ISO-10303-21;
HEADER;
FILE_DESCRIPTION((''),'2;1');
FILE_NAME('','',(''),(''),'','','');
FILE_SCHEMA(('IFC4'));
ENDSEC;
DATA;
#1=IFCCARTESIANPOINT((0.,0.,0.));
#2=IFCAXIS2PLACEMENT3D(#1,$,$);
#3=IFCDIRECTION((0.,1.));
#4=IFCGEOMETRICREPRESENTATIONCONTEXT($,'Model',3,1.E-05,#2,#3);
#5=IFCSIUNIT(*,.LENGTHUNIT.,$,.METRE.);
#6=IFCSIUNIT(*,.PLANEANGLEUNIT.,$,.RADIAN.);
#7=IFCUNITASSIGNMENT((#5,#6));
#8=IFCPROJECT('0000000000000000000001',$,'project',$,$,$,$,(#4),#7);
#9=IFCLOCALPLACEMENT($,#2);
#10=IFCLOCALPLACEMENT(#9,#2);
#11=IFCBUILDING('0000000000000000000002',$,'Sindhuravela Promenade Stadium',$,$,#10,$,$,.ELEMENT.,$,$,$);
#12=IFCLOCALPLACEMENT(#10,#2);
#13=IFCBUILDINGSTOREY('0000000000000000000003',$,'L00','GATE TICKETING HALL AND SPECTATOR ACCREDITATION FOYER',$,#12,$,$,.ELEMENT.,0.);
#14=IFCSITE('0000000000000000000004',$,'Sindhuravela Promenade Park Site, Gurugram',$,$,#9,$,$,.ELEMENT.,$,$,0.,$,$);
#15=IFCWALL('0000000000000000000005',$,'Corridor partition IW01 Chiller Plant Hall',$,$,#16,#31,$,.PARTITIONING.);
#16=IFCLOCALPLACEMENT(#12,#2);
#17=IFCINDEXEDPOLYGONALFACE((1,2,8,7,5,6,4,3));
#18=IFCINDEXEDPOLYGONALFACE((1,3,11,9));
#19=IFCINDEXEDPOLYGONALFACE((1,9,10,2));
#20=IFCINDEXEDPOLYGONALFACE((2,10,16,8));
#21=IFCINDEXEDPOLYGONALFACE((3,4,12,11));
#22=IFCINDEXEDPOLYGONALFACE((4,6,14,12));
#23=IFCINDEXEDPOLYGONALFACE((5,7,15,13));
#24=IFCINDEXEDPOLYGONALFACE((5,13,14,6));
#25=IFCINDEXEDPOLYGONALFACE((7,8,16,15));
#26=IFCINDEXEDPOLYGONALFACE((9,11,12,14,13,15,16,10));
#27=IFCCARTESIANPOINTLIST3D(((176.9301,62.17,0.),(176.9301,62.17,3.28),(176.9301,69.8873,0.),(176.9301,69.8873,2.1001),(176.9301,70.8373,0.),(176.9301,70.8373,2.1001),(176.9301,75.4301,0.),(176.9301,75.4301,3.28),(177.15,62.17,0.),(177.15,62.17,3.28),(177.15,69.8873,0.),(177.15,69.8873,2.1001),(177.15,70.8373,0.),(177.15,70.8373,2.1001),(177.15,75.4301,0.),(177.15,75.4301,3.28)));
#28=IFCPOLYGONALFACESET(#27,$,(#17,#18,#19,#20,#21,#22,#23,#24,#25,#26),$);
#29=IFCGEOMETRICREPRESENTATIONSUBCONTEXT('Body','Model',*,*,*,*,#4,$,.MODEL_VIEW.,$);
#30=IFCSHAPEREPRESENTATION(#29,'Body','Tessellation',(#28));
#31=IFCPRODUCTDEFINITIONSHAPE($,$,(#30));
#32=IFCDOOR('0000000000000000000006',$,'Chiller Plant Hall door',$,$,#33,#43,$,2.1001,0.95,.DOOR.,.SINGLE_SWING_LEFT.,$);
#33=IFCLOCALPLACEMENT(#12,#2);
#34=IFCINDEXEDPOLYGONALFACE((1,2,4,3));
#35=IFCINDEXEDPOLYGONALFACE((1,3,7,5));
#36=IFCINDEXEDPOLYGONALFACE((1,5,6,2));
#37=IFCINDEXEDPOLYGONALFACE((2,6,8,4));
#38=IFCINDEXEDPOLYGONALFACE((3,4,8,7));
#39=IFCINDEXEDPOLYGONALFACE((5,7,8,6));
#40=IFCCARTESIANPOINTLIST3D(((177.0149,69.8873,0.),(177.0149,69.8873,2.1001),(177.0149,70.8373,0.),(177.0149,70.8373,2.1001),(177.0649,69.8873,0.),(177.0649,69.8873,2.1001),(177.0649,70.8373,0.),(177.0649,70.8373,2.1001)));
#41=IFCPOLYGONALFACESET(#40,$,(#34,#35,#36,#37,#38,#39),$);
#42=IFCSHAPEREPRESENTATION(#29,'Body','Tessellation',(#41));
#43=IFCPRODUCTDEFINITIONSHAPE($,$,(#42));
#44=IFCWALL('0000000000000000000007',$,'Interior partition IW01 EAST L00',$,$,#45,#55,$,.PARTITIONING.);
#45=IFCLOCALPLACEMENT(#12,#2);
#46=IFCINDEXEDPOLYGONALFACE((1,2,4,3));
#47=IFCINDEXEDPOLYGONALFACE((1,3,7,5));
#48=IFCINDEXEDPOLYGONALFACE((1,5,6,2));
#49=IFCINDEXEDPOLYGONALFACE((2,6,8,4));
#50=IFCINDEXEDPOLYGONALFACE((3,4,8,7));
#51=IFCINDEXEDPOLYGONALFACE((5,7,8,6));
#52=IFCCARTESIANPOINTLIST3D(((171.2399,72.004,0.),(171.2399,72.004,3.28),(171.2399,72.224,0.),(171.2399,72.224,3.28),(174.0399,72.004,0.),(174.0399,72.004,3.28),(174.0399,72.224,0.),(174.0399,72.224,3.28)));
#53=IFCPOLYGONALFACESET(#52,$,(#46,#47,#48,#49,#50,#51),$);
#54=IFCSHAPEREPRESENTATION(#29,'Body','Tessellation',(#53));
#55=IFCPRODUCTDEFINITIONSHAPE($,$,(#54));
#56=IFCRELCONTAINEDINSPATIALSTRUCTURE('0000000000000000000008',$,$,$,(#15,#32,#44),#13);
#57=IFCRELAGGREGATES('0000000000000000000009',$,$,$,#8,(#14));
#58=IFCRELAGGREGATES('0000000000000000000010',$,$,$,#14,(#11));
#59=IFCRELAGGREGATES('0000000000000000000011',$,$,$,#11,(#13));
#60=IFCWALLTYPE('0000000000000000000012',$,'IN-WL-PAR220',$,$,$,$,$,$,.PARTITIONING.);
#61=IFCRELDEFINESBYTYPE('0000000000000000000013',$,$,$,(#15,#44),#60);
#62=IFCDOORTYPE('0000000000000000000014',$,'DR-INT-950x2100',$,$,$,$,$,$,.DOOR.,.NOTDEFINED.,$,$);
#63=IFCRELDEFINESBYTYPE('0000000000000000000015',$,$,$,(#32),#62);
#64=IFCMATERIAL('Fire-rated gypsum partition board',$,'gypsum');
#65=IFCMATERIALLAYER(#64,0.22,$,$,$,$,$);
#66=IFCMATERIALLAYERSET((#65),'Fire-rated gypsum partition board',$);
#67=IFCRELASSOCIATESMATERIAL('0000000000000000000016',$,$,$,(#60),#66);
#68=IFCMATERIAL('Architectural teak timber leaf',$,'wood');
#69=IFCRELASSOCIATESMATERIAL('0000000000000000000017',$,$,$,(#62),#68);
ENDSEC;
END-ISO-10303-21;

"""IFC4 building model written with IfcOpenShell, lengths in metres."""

from ifc_helpers import new_model, si_unit, direction, frame, frame_2d, origin, place, context, subcontext, project, spatial, rectangle, extrude, material, layer, layer_set, type_object, element, fill, save


model = new_model("IFC4")

# Units and contexts
model_context = context("Model", 3, precision=1e-05, world=origin(), true_north=direction((0.0, 1.0)))
body_context = subcontext(model_context, "Body", "Model", "MODEL_VIEW")
ifc_project = project(units=[si_unit("LENGTHUNIT", "METRE"), si_unit("PLANEANGLEUNIT", "RADIAN")], contexts=[model_context])

# Site, building, storey
site_placement = place(None, origin())
site = spatial("IfcSite", under=ifc_project, at=site_placement, Name="Sindhuravela Promenade Park Site, Gurugram", CompositionType="ELEMENT", RefElevation=0.0)
building_placement = place(site_placement, origin())
building = spatial("IfcBuilding", under=site, at=building_placement, Name="Sindhuravela Promenade Stadium", CompositionType="ELEMENT")
storey_placement = place(building_placement, origin())
storey = spatial("IfcBuildingStorey", under=building, at=storey_placement, Name="L00", Description="GATE TICKETING HALL AND SPECTATOR ACCREDITATION FOYER", CompositionType="ELEMENT", Elevation=0.0)

# Shared definitions
ifc_material_1 = material(Name="Fire-rated gypsum partition board", Category="gypsum")

# Wall, opening, door
ifc_material_2 = material(Name="Architectural teak timber leaf", Category="wood")
ifc_layer_1 = layer(ifc_material_1, 0.22)
ifc_layer_set_1 = layer_set([ifc_layer_1], Name="Fire-rated gypsum partition board")
wall_type_1 = type_object("IfcWallType", Name="IN-WL-PAR220", PredefinedType="PARTITIONING", material=ifc_layer_set_1)
wall_1_placement = place(storey_placement, frame((177.04, 75.4299, 0.0), z_axis=(0.0, 0.0, 1.0), x_axis=(0.0, -1.0, 0.0)))
wall_1 = element("IfcWall", 1, at=wall_1_placement, inside=storey, type_object=wall_type_1, Name="Corridor partition IW01 Chiller Plant Hall", PredefinedType="PARTITIONING", context=body_context, shape_type="SweptSolid", body=[
    extrude(rectangle(XDim=13.26, YDim=0.22, at=frame_2d((6.6299, 0.0))), origin(), (0.0, 0.0, 1.0), 3.28),
])
opening_1_placement = place(wall_1_placement, frame((4.5925, 0.0, 0.0)))
opening_1 = element("IfcOpeningElement", 2, at=opening_1_placement, cuts=wall_1, PredefinedType="OPENING", context=body_context, shape_type="SweptSolid", body=[
    extrude(rectangle(XDim=0.95, YDim=2.1001, at=frame_2d((0.4751, 1.05))), frame((0.0, 0.1199, 0.0), z_axis=(0.0, -1.0, 0.0), x_axis=(1.0, 0.0, 0.0)), (0.0, 0.0, 1.0), 0.24),
])
door_type_1 = type_object("IfcDoorType", Name="DR-INT-950x2100", OperationType="NOTDEFINED", PredefinedType="DOOR", material=ifc_material_2)
door_1_placement = place(opening_1_placement, origin())
door_1 = element("IfcDoor", 3, at=door_1_placement, inside=storey, type_object=door_type_1, Name="Chiller Plant Hall door", OperationType="SINGLE_SWING_LEFT", OverallHeight=2.1001, OverallWidth=0.95, PredefinedType="DOOR", context=body_context, shape_type="SweptSolid", body=[
    extrude(rectangle(XDim=0.95, YDim=2.1001, at=frame_2d((0.4751, 1.05))), frame((0.0, 0.0249, 0.0), z_axis=(0.0, -1.0, 0.0), x_axis=(1.0, 0.0, 0.0)), (0.0, 0.0, 1.0), 0.05),
])
fill(opening_1, door_1)

# Wall
wall_2_placement = place(storey_placement, frame((171.24, 72.114, 0.0), z_axis=(0.0, 0.0, 1.0), x_axis=(1.0, 0.0, 0.0)))
element("IfcWall", 4, at=wall_2_placement, inside=storey, type_object=wall_type_1, Name="Interior partition IW01 EAST L00", PredefinedType="PARTITIONING", context=body_context, shape_type="SweptSolid", body=[
    extrude(rectangle(XDim=2.8, YDim=0.22, at=frame_2d((1.3999, 0.0))), origin(), (0.0, 0.0, 1.0), 3.28),
])

save(model, "model.ifc")
